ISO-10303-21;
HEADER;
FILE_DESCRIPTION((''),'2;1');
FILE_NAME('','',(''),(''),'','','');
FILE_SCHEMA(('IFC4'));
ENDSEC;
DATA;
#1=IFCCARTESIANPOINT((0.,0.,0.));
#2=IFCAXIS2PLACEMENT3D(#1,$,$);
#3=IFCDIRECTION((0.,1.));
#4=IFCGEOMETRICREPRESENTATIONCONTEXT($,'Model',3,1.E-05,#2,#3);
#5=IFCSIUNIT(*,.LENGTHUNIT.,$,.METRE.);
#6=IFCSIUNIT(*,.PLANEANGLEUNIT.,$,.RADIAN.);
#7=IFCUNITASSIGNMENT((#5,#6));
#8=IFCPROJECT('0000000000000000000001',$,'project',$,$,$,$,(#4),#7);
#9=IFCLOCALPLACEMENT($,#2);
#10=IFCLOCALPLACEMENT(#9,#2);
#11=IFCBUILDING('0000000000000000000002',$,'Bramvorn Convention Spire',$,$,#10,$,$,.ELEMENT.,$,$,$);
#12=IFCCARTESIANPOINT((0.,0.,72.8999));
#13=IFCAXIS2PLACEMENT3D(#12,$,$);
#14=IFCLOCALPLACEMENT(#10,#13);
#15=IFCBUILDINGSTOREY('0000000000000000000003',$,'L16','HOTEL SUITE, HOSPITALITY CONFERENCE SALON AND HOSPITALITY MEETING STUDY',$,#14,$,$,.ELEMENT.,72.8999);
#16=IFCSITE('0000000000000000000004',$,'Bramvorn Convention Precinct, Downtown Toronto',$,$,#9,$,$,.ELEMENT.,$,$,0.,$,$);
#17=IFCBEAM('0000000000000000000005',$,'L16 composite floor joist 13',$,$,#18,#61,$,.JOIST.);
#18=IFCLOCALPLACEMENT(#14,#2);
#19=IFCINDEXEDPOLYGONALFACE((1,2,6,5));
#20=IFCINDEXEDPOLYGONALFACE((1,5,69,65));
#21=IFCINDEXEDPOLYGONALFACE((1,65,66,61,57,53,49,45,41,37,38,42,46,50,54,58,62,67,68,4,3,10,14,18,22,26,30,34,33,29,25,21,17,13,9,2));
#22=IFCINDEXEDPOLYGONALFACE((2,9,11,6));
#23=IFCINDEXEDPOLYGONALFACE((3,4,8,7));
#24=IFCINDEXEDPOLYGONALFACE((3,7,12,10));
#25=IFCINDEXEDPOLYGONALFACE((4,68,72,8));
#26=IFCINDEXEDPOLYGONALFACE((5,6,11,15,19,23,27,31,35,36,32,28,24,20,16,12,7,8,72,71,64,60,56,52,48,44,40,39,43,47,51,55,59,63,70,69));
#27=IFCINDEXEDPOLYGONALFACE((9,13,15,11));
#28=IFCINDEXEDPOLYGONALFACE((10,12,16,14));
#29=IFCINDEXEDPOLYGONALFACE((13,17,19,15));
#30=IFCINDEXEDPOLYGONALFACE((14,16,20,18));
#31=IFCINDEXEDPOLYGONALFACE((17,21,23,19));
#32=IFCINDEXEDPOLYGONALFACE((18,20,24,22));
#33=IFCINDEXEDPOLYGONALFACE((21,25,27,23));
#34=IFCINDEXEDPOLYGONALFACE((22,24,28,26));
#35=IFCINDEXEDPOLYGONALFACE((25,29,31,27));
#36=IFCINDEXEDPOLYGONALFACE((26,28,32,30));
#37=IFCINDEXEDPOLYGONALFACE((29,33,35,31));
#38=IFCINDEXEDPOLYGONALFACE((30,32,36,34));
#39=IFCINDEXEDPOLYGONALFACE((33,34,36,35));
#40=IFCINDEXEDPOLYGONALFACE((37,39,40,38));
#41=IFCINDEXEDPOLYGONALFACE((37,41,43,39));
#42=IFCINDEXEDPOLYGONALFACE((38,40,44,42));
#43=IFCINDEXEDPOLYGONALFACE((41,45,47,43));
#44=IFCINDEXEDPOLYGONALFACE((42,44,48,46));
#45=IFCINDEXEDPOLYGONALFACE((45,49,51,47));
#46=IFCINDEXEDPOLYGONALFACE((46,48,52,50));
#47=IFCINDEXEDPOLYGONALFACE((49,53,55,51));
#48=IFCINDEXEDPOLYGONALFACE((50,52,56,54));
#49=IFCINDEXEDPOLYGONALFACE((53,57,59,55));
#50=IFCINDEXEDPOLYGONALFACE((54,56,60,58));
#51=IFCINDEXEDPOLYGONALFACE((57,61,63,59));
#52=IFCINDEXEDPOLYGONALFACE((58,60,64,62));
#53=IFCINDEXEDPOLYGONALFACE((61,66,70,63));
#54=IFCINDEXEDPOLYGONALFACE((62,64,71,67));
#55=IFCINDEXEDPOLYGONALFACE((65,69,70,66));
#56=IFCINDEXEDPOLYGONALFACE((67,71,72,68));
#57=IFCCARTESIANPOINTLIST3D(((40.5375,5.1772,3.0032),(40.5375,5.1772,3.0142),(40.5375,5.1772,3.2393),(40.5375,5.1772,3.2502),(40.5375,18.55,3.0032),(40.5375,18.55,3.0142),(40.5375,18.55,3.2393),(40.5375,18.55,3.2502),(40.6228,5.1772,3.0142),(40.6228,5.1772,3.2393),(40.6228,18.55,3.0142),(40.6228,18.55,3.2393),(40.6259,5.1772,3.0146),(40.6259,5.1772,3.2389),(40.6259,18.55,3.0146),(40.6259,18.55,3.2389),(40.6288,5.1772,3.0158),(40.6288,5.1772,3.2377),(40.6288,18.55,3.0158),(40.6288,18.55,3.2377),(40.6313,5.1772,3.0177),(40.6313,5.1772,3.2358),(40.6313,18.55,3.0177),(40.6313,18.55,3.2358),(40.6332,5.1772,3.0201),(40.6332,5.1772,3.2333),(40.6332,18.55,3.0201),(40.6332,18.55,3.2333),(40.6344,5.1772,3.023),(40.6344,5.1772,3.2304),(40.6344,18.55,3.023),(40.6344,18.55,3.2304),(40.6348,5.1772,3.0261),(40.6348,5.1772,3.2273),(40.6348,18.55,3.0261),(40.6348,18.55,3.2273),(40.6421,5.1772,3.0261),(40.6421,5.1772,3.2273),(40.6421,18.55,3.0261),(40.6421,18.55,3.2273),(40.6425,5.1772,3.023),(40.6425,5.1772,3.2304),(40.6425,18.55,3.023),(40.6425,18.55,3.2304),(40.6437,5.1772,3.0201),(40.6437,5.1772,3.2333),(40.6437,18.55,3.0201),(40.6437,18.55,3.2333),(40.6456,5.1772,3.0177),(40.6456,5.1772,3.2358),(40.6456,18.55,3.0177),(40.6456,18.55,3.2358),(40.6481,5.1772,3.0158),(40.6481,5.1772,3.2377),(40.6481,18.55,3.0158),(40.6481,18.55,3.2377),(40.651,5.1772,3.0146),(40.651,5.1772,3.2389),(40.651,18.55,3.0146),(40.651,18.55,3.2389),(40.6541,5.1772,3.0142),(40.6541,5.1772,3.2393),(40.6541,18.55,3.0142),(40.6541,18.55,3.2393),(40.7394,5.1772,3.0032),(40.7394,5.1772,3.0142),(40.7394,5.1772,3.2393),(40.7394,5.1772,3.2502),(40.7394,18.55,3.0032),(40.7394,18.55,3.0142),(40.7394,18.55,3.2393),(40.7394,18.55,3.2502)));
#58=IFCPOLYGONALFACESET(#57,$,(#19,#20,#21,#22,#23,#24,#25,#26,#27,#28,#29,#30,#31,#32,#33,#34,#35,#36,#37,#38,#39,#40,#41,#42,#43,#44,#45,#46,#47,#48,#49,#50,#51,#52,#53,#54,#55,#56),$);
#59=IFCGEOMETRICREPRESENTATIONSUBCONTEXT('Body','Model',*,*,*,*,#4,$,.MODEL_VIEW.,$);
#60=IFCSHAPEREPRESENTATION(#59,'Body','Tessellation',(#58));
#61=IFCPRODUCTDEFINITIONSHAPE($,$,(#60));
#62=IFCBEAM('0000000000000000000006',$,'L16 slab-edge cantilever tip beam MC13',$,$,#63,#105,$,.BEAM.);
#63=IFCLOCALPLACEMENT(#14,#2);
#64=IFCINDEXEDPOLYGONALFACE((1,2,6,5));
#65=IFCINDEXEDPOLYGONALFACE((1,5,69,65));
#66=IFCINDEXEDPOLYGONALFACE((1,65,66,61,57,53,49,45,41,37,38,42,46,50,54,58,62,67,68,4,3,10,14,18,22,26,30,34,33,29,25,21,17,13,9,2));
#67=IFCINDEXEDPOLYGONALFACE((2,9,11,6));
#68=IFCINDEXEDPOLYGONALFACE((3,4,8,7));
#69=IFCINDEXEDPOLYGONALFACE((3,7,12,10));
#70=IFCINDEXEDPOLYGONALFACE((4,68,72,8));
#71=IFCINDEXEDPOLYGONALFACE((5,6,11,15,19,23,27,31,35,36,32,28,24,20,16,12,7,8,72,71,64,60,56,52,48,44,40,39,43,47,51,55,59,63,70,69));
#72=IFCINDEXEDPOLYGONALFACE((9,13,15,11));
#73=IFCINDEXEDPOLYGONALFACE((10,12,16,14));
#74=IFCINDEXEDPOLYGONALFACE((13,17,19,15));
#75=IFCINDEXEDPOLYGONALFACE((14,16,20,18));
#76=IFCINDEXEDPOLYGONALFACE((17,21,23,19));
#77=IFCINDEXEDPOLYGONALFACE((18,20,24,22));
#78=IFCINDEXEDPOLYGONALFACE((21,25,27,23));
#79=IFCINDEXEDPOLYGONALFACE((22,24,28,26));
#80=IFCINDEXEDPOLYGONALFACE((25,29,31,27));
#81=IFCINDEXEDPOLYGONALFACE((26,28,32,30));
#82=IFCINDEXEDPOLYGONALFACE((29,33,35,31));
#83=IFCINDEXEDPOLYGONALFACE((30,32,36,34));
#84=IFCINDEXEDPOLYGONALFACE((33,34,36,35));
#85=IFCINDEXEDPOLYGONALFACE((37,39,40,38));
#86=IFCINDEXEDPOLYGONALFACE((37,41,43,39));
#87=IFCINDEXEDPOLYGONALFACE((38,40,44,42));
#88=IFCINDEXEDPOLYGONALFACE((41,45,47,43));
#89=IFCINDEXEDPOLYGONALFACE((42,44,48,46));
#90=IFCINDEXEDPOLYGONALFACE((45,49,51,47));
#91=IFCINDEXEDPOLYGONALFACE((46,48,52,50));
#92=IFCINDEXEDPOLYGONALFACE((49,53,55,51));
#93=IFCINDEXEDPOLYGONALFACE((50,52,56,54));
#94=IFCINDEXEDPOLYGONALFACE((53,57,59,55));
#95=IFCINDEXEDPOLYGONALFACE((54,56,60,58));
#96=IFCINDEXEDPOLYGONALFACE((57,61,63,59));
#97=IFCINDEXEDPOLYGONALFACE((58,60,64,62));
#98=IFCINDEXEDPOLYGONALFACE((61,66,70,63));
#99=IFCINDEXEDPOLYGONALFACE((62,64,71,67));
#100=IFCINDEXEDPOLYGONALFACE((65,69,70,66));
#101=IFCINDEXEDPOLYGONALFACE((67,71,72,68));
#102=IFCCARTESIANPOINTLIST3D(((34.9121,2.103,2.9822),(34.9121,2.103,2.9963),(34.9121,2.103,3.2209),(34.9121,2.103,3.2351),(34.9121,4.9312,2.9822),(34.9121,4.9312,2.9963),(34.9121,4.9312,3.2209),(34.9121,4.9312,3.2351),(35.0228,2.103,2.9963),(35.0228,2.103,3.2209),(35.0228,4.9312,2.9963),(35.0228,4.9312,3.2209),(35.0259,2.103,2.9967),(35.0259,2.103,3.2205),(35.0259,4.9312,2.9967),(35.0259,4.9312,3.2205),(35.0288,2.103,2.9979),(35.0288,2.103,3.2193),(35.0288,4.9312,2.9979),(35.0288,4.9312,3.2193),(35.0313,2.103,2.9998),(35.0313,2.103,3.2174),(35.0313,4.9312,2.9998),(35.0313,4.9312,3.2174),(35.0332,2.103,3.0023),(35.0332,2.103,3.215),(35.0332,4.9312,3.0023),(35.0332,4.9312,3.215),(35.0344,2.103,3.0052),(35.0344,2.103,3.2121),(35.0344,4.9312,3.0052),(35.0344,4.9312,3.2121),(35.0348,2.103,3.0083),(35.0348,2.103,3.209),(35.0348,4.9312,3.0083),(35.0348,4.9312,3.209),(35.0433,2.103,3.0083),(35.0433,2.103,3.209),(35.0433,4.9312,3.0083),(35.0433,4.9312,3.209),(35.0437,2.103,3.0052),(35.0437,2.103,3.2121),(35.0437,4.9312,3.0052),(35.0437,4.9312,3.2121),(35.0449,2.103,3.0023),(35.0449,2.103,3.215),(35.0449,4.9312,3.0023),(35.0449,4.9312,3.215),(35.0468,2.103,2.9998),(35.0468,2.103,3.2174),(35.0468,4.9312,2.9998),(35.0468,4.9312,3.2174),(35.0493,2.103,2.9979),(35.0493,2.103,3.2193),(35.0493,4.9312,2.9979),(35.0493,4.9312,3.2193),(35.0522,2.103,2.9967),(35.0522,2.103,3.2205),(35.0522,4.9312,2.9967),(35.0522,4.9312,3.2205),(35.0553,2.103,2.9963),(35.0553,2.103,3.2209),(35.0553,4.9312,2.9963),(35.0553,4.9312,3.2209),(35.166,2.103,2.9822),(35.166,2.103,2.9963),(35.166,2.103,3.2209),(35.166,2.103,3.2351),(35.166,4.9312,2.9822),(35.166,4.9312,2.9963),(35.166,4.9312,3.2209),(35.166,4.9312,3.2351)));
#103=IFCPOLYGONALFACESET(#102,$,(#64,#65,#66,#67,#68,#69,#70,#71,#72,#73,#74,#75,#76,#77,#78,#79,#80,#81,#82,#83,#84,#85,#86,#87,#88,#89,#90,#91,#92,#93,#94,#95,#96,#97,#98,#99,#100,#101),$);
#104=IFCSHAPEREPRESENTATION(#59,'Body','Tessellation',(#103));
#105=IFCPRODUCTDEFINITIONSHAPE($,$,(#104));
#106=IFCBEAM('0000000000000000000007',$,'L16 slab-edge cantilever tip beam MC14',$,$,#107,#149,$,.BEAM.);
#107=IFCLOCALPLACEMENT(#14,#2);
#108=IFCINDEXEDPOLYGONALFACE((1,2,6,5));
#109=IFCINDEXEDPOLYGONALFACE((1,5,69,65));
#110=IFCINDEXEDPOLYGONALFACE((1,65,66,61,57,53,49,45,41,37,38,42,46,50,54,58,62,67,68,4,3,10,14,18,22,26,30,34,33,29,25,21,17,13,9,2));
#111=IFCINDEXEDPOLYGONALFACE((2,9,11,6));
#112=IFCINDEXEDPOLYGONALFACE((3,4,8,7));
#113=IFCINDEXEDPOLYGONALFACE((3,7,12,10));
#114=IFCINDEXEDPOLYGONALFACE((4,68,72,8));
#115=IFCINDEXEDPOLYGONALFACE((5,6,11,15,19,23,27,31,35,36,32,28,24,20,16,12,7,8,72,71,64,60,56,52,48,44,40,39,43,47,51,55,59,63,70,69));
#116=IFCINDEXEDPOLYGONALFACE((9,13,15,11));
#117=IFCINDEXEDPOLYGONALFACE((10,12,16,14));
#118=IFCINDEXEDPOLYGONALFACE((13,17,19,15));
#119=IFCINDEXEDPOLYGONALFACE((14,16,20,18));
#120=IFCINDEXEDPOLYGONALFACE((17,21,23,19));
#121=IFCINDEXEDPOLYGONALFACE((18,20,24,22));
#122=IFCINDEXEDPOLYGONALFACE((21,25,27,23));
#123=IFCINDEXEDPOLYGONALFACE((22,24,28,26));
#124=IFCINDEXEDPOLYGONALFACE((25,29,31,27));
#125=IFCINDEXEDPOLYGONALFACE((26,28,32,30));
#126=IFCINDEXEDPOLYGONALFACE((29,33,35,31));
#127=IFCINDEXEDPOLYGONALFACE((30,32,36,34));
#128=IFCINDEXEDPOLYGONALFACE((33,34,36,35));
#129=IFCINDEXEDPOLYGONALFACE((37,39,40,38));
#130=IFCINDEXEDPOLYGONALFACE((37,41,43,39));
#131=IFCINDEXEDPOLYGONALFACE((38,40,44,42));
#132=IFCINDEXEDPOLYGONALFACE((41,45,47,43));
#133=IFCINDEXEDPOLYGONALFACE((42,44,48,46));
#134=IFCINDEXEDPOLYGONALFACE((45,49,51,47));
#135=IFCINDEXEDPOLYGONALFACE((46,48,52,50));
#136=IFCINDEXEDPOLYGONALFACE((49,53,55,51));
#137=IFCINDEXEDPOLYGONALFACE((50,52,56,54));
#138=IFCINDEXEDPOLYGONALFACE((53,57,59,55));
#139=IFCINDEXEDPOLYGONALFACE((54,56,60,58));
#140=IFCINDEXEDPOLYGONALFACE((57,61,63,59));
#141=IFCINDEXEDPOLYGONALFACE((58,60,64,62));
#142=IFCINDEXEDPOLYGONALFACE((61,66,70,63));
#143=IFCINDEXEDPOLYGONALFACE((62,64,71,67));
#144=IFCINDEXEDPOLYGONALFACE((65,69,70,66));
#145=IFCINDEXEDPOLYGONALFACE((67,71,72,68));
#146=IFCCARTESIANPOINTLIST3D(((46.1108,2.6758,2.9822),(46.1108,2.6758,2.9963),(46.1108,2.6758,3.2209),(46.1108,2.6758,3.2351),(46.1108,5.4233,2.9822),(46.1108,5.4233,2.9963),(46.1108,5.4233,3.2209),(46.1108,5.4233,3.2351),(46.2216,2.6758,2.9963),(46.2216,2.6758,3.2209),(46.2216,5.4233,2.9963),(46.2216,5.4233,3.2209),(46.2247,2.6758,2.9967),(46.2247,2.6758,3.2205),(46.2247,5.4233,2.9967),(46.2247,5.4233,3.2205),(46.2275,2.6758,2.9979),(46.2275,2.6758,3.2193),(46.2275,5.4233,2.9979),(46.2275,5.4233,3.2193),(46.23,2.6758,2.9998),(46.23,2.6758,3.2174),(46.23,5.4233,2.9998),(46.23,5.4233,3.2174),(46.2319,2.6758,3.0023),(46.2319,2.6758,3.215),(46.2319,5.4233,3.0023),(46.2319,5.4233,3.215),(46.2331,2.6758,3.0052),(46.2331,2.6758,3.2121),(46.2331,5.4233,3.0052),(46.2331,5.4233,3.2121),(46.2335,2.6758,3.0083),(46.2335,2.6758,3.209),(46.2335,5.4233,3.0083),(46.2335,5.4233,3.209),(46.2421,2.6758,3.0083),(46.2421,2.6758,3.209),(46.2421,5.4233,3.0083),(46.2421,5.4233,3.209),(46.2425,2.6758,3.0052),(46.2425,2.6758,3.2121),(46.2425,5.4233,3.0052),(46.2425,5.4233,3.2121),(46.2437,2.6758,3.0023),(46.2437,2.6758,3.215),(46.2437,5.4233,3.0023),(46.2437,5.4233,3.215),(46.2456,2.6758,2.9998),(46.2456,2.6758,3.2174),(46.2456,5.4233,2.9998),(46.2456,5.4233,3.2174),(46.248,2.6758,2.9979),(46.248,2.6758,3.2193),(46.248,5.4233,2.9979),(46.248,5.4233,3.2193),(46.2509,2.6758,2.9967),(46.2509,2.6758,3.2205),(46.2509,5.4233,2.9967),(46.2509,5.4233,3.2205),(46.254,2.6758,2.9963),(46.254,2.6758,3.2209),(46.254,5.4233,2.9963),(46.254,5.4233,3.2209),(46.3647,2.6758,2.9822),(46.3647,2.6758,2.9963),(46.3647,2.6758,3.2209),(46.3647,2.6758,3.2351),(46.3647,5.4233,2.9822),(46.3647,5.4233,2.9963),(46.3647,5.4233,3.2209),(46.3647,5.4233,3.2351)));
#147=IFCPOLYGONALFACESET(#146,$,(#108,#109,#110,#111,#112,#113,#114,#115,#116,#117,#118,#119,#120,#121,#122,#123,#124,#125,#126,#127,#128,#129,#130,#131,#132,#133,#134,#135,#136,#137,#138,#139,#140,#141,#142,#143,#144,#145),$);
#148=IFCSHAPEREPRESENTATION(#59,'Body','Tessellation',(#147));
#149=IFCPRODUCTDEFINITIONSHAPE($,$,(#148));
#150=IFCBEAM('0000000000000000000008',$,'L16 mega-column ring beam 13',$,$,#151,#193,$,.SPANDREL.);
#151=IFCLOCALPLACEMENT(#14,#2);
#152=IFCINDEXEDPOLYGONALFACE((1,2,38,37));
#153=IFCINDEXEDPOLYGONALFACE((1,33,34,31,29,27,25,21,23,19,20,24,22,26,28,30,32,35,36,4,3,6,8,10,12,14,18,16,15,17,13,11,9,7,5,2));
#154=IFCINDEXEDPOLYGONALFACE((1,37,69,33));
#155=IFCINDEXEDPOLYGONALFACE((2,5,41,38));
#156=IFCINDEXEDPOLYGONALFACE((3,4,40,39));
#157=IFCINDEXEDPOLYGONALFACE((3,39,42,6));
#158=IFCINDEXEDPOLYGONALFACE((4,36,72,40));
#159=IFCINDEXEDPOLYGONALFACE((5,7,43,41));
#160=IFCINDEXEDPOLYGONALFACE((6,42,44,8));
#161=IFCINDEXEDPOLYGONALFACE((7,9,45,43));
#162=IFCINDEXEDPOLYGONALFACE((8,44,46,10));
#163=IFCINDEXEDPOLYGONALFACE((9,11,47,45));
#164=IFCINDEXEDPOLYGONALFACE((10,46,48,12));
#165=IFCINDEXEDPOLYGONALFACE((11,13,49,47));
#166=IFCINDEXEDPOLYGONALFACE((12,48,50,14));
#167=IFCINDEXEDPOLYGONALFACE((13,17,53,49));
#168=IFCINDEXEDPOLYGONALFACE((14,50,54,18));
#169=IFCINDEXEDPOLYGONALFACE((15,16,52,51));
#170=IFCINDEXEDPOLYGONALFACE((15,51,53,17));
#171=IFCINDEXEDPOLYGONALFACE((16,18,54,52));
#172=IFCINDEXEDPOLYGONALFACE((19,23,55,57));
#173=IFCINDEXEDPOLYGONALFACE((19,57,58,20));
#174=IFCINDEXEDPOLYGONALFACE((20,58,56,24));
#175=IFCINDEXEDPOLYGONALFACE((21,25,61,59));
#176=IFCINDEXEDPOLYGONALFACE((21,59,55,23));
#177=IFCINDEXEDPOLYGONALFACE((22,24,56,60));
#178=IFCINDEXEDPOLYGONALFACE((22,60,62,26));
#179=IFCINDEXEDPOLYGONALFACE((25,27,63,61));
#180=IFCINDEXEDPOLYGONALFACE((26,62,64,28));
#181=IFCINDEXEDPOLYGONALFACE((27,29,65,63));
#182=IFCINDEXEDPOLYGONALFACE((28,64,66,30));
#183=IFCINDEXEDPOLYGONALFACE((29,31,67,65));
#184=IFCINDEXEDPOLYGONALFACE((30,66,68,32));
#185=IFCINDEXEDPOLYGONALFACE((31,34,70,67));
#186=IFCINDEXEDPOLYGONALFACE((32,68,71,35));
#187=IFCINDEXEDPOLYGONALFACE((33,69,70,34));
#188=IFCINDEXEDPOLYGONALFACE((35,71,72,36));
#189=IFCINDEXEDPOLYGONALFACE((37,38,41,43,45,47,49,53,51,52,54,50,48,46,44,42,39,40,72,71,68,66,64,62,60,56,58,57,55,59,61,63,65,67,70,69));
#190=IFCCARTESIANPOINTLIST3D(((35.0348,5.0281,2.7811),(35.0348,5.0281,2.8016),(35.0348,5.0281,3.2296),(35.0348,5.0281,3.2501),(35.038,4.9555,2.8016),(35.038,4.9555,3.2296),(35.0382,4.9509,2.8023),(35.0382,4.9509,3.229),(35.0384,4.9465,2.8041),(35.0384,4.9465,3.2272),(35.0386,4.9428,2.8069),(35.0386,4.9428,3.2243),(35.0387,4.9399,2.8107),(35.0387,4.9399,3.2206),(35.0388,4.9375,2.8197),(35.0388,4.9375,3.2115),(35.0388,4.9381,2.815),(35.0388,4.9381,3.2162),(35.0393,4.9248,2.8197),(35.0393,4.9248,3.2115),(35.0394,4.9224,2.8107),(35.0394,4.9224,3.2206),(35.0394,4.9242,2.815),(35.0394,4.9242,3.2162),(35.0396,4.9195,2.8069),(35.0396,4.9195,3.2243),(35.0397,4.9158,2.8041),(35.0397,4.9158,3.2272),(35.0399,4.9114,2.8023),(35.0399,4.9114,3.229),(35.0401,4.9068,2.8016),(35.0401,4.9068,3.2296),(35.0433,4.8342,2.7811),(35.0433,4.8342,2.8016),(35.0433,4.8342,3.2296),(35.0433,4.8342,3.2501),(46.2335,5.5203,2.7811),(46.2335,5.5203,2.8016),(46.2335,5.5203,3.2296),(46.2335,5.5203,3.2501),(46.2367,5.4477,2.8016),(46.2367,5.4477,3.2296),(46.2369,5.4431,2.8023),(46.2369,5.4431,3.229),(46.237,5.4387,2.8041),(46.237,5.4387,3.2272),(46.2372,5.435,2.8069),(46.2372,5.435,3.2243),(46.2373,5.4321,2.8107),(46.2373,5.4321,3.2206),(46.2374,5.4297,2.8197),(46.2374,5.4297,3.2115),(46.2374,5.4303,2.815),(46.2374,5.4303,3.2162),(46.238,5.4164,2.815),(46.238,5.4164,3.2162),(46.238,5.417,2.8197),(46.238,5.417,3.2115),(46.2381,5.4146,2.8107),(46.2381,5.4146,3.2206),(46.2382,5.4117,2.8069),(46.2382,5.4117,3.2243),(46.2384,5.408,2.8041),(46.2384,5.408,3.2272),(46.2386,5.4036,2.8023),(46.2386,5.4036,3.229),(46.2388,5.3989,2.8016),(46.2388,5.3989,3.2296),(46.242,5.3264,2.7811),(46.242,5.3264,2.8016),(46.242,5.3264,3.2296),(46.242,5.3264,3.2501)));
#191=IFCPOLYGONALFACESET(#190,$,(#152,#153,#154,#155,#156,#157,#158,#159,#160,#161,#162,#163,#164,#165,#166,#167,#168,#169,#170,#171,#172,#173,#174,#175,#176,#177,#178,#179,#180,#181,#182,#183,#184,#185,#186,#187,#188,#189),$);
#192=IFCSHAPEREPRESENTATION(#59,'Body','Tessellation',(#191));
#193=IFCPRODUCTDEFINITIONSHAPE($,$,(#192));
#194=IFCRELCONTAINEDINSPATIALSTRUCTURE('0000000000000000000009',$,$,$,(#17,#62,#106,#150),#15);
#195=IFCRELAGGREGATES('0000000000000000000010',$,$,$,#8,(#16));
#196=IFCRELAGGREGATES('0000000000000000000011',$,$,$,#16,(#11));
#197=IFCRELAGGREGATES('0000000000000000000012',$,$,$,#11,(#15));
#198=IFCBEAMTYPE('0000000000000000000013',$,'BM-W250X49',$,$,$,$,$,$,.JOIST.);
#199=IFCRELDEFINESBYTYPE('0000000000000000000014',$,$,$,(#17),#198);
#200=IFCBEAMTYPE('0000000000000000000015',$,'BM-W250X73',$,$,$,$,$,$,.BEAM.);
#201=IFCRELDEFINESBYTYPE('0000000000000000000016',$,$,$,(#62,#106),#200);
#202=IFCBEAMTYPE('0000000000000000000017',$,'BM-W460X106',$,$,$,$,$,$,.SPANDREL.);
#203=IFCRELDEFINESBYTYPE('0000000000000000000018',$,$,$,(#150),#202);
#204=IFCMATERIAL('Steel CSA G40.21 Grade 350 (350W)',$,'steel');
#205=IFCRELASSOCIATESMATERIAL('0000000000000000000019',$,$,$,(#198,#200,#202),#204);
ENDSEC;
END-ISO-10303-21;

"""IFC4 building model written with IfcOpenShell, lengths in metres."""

from ifc_helpers import new_model, si_unit, direction, frame, origin, origin_2d, place, context, subcontext, project, spatial, i_section, extrude, material, material_profile, profile_set, type_object, element, save


model = new_model("IFC4")

# Units and contexts
model_context = context("Model", 3, precision=1e-05, world=origin(), true_north=direction((0.0, 1.0)))
body_context = subcontext(model_context, "Body", "Model", "MODEL_VIEW")
ifc_project = project(units=[si_unit("LENGTHUNIT", "METRE"), si_unit("PLANEANGLEUNIT", "RADIAN")], contexts=[model_context])

# Site, building, storey
site_placement = place(None, origin())
site = spatial("IfcSite", under=ifc_project, at=site_placement, Name="Bramvorn Convention Precinct, Downtown Toronto", CompositionType="ELEMENT", RefElevation=0.0)
building_placement = place(site_placement, origin())
building = spatial("IfcBuilding", under=site, at=building_placement, Name="Bramvorn Convention Spire", CompositionType="ELEMENT")
storey_placement = place(building_placement, frame((0.0, 0.0, 72.8999)))
storey = spatial("IfcBuildingStorey", under=building, at=storey_placement, Name="L16", Description="HOTEL SUITE, HOSPITALITY CONFERENCE SALON AND HOSPITALITY MEETING STUDY", CompositionType="ELEMENT", Elevation=72.8999)

# Shared definitions
ifc_material_1 = material(Name="Steel CSA G40.21 Grade 350 (350W)", Category="steel")

# Beams
ifc_material_profile_1 = material_profile(ifc_material_1, i_section(OverallWidth=0.2019, OverallDepth=0.2471, WebThickness=0.0073, FlangeThickness=0.011, FilletRadius=0.012, at=origin_2d()))
ifc_profile_set_1 = profile_set([ifc_material_profile_1], Name="Steel CSA G40.21 Grade 350 (350W) - W250X49")
beam_type_1 = type_object("IfcBeamType", Name="BM-W250X49", PredefinedType="JOIST", material=ifc_profile_set_1)
beam_1_placement = place(storey_placement, frame((40.6384, 18.55, 3.1267), z_axis=(0.0, -1.0, 0.0), x_axis=(1.0, 0.0, 0.0)))
element("IfcBeam", 1, at=beam_1_placement, inside=storey, type_object=beam_type_1, Name="L16 composite floor joist 13", PredefinedType="JOIST", context=body_context, shape_type="SweptSolid", body=[
    extrude(i_section(OverallWidth=0.2019, OverallDepth=0.2471, WebThickness=0.0073, FlangeThickness=0.011, FilletRadius=0.012, at=origin_2d()), origin(), (0.0, 0.0, 1.0), 13.3728),
])
ifc_material_profile_2 = material_profile(ifc_material_1, i_section(OverallWidth=0.2539, OverallDepth=0.2529, WebThickness=0.0085, FlangeThickness=0.0142, FilletRadius=0.012, at=origin_2d()))
ifc_profile_set_2 = profile_set([ifc_material_profile_2], Name="Steel CSA G40.21 Grade 350 (350W) - W250X73")
beam_type_2 = type_object("IfcBeamType", Name="BM-W250X73", PredefinedType="BEAM", material=ifc_profile_set_2)
beam_2_placement = place(storey_placement, frame((35.0391, 4.9312, 3.1086), z_axis=(0.0, -1.0, 0.0), x_axis=(1.0, 0.0, 0.0)))
element("IfcBeam", 2, at=beam_2_placement, inside=storey, type_object=beam_type_2, Name="L16 slab-edge cantilever tip beam MC13", PredefinedType="BEAM", context=body_context, shape_type="SweptSolid", body=[
    extrude(i_section(OverallWidth=0.2539, OverallDepth=0.2529, WebThickness=0.0085, FlangeThickness=0.0142, FilletRadius=0.012, at=origin_2d()), origin(), (0.0, 0.0, 1.0), 2.8281),
])
beam_3_placement = place(storey_placement, frame((46.2378, 5.4233, 3.1086), z_axis=(0.0, -1.0, 0.0), x_axis=(1.0, 0.0, 0.0)))
element("IfcBeam", 3, at=beam_3_placement, inside=storey, type_object=beam_type_2, Name="L16 slab-edge cantilever tip beam MC14", PredefinedType="BEAM", context=body_context, shape_type="SweptSolid", body=[
    extrude(i_section(OverallWidth=0.2539, OverallDepth=0.2529, WebThickness=0.0085, FlangeThickness=0.0142, FilletRadius=0.012, at=origin_2d()), origin(), (0.0, 0.0, 1.0), 2.7476),
])
ifc_material_profile_3 = material_profile(ifc_material_1, i_section(OverallWidth=0.1941, OverallDepth=0.469, WebThickness=0.0127, FlangeThickness=0.0205, FilletRadius=0.0181, at=origin_2d()))
ifc_profile_set_3 = profile_set([ifc_material_profile_3], Name="Steel CSA G40.21 Grade 350 (350W) - W460X106")
beam_type_3 = type_object("IfcBeamType", Name="BM-W460X106", PredefinedType="SPANDREL", material=ifc_profile_set_3)
beam_4_placement = place(storey_placement, frame((35.0391, 4.9312, 3.0156), z_axis=(0.999036, 0.043908, 0.0), x_axis=(-0.043908, 0.999036, 0.0)))
element("IfcBeam", 4, at=beam_4_placement, inside=storey, type_object=beam_type_3, Name="L16 mega-column ring beam 13", PredefinedType="SPANDREL", context=body_context, shape_type="SweptSolid", body=[
    extrude(i_section(OverallWidth=0.1941, OverallDepth=0.469, WebThickness=0.0127, FlangeThickness=0.0205, FilletRadius=0.0181, at=origin_2d()), origin(), (0.0, 0.0, 1.0), 11.2095),
])

save(model, "model.ifc")
